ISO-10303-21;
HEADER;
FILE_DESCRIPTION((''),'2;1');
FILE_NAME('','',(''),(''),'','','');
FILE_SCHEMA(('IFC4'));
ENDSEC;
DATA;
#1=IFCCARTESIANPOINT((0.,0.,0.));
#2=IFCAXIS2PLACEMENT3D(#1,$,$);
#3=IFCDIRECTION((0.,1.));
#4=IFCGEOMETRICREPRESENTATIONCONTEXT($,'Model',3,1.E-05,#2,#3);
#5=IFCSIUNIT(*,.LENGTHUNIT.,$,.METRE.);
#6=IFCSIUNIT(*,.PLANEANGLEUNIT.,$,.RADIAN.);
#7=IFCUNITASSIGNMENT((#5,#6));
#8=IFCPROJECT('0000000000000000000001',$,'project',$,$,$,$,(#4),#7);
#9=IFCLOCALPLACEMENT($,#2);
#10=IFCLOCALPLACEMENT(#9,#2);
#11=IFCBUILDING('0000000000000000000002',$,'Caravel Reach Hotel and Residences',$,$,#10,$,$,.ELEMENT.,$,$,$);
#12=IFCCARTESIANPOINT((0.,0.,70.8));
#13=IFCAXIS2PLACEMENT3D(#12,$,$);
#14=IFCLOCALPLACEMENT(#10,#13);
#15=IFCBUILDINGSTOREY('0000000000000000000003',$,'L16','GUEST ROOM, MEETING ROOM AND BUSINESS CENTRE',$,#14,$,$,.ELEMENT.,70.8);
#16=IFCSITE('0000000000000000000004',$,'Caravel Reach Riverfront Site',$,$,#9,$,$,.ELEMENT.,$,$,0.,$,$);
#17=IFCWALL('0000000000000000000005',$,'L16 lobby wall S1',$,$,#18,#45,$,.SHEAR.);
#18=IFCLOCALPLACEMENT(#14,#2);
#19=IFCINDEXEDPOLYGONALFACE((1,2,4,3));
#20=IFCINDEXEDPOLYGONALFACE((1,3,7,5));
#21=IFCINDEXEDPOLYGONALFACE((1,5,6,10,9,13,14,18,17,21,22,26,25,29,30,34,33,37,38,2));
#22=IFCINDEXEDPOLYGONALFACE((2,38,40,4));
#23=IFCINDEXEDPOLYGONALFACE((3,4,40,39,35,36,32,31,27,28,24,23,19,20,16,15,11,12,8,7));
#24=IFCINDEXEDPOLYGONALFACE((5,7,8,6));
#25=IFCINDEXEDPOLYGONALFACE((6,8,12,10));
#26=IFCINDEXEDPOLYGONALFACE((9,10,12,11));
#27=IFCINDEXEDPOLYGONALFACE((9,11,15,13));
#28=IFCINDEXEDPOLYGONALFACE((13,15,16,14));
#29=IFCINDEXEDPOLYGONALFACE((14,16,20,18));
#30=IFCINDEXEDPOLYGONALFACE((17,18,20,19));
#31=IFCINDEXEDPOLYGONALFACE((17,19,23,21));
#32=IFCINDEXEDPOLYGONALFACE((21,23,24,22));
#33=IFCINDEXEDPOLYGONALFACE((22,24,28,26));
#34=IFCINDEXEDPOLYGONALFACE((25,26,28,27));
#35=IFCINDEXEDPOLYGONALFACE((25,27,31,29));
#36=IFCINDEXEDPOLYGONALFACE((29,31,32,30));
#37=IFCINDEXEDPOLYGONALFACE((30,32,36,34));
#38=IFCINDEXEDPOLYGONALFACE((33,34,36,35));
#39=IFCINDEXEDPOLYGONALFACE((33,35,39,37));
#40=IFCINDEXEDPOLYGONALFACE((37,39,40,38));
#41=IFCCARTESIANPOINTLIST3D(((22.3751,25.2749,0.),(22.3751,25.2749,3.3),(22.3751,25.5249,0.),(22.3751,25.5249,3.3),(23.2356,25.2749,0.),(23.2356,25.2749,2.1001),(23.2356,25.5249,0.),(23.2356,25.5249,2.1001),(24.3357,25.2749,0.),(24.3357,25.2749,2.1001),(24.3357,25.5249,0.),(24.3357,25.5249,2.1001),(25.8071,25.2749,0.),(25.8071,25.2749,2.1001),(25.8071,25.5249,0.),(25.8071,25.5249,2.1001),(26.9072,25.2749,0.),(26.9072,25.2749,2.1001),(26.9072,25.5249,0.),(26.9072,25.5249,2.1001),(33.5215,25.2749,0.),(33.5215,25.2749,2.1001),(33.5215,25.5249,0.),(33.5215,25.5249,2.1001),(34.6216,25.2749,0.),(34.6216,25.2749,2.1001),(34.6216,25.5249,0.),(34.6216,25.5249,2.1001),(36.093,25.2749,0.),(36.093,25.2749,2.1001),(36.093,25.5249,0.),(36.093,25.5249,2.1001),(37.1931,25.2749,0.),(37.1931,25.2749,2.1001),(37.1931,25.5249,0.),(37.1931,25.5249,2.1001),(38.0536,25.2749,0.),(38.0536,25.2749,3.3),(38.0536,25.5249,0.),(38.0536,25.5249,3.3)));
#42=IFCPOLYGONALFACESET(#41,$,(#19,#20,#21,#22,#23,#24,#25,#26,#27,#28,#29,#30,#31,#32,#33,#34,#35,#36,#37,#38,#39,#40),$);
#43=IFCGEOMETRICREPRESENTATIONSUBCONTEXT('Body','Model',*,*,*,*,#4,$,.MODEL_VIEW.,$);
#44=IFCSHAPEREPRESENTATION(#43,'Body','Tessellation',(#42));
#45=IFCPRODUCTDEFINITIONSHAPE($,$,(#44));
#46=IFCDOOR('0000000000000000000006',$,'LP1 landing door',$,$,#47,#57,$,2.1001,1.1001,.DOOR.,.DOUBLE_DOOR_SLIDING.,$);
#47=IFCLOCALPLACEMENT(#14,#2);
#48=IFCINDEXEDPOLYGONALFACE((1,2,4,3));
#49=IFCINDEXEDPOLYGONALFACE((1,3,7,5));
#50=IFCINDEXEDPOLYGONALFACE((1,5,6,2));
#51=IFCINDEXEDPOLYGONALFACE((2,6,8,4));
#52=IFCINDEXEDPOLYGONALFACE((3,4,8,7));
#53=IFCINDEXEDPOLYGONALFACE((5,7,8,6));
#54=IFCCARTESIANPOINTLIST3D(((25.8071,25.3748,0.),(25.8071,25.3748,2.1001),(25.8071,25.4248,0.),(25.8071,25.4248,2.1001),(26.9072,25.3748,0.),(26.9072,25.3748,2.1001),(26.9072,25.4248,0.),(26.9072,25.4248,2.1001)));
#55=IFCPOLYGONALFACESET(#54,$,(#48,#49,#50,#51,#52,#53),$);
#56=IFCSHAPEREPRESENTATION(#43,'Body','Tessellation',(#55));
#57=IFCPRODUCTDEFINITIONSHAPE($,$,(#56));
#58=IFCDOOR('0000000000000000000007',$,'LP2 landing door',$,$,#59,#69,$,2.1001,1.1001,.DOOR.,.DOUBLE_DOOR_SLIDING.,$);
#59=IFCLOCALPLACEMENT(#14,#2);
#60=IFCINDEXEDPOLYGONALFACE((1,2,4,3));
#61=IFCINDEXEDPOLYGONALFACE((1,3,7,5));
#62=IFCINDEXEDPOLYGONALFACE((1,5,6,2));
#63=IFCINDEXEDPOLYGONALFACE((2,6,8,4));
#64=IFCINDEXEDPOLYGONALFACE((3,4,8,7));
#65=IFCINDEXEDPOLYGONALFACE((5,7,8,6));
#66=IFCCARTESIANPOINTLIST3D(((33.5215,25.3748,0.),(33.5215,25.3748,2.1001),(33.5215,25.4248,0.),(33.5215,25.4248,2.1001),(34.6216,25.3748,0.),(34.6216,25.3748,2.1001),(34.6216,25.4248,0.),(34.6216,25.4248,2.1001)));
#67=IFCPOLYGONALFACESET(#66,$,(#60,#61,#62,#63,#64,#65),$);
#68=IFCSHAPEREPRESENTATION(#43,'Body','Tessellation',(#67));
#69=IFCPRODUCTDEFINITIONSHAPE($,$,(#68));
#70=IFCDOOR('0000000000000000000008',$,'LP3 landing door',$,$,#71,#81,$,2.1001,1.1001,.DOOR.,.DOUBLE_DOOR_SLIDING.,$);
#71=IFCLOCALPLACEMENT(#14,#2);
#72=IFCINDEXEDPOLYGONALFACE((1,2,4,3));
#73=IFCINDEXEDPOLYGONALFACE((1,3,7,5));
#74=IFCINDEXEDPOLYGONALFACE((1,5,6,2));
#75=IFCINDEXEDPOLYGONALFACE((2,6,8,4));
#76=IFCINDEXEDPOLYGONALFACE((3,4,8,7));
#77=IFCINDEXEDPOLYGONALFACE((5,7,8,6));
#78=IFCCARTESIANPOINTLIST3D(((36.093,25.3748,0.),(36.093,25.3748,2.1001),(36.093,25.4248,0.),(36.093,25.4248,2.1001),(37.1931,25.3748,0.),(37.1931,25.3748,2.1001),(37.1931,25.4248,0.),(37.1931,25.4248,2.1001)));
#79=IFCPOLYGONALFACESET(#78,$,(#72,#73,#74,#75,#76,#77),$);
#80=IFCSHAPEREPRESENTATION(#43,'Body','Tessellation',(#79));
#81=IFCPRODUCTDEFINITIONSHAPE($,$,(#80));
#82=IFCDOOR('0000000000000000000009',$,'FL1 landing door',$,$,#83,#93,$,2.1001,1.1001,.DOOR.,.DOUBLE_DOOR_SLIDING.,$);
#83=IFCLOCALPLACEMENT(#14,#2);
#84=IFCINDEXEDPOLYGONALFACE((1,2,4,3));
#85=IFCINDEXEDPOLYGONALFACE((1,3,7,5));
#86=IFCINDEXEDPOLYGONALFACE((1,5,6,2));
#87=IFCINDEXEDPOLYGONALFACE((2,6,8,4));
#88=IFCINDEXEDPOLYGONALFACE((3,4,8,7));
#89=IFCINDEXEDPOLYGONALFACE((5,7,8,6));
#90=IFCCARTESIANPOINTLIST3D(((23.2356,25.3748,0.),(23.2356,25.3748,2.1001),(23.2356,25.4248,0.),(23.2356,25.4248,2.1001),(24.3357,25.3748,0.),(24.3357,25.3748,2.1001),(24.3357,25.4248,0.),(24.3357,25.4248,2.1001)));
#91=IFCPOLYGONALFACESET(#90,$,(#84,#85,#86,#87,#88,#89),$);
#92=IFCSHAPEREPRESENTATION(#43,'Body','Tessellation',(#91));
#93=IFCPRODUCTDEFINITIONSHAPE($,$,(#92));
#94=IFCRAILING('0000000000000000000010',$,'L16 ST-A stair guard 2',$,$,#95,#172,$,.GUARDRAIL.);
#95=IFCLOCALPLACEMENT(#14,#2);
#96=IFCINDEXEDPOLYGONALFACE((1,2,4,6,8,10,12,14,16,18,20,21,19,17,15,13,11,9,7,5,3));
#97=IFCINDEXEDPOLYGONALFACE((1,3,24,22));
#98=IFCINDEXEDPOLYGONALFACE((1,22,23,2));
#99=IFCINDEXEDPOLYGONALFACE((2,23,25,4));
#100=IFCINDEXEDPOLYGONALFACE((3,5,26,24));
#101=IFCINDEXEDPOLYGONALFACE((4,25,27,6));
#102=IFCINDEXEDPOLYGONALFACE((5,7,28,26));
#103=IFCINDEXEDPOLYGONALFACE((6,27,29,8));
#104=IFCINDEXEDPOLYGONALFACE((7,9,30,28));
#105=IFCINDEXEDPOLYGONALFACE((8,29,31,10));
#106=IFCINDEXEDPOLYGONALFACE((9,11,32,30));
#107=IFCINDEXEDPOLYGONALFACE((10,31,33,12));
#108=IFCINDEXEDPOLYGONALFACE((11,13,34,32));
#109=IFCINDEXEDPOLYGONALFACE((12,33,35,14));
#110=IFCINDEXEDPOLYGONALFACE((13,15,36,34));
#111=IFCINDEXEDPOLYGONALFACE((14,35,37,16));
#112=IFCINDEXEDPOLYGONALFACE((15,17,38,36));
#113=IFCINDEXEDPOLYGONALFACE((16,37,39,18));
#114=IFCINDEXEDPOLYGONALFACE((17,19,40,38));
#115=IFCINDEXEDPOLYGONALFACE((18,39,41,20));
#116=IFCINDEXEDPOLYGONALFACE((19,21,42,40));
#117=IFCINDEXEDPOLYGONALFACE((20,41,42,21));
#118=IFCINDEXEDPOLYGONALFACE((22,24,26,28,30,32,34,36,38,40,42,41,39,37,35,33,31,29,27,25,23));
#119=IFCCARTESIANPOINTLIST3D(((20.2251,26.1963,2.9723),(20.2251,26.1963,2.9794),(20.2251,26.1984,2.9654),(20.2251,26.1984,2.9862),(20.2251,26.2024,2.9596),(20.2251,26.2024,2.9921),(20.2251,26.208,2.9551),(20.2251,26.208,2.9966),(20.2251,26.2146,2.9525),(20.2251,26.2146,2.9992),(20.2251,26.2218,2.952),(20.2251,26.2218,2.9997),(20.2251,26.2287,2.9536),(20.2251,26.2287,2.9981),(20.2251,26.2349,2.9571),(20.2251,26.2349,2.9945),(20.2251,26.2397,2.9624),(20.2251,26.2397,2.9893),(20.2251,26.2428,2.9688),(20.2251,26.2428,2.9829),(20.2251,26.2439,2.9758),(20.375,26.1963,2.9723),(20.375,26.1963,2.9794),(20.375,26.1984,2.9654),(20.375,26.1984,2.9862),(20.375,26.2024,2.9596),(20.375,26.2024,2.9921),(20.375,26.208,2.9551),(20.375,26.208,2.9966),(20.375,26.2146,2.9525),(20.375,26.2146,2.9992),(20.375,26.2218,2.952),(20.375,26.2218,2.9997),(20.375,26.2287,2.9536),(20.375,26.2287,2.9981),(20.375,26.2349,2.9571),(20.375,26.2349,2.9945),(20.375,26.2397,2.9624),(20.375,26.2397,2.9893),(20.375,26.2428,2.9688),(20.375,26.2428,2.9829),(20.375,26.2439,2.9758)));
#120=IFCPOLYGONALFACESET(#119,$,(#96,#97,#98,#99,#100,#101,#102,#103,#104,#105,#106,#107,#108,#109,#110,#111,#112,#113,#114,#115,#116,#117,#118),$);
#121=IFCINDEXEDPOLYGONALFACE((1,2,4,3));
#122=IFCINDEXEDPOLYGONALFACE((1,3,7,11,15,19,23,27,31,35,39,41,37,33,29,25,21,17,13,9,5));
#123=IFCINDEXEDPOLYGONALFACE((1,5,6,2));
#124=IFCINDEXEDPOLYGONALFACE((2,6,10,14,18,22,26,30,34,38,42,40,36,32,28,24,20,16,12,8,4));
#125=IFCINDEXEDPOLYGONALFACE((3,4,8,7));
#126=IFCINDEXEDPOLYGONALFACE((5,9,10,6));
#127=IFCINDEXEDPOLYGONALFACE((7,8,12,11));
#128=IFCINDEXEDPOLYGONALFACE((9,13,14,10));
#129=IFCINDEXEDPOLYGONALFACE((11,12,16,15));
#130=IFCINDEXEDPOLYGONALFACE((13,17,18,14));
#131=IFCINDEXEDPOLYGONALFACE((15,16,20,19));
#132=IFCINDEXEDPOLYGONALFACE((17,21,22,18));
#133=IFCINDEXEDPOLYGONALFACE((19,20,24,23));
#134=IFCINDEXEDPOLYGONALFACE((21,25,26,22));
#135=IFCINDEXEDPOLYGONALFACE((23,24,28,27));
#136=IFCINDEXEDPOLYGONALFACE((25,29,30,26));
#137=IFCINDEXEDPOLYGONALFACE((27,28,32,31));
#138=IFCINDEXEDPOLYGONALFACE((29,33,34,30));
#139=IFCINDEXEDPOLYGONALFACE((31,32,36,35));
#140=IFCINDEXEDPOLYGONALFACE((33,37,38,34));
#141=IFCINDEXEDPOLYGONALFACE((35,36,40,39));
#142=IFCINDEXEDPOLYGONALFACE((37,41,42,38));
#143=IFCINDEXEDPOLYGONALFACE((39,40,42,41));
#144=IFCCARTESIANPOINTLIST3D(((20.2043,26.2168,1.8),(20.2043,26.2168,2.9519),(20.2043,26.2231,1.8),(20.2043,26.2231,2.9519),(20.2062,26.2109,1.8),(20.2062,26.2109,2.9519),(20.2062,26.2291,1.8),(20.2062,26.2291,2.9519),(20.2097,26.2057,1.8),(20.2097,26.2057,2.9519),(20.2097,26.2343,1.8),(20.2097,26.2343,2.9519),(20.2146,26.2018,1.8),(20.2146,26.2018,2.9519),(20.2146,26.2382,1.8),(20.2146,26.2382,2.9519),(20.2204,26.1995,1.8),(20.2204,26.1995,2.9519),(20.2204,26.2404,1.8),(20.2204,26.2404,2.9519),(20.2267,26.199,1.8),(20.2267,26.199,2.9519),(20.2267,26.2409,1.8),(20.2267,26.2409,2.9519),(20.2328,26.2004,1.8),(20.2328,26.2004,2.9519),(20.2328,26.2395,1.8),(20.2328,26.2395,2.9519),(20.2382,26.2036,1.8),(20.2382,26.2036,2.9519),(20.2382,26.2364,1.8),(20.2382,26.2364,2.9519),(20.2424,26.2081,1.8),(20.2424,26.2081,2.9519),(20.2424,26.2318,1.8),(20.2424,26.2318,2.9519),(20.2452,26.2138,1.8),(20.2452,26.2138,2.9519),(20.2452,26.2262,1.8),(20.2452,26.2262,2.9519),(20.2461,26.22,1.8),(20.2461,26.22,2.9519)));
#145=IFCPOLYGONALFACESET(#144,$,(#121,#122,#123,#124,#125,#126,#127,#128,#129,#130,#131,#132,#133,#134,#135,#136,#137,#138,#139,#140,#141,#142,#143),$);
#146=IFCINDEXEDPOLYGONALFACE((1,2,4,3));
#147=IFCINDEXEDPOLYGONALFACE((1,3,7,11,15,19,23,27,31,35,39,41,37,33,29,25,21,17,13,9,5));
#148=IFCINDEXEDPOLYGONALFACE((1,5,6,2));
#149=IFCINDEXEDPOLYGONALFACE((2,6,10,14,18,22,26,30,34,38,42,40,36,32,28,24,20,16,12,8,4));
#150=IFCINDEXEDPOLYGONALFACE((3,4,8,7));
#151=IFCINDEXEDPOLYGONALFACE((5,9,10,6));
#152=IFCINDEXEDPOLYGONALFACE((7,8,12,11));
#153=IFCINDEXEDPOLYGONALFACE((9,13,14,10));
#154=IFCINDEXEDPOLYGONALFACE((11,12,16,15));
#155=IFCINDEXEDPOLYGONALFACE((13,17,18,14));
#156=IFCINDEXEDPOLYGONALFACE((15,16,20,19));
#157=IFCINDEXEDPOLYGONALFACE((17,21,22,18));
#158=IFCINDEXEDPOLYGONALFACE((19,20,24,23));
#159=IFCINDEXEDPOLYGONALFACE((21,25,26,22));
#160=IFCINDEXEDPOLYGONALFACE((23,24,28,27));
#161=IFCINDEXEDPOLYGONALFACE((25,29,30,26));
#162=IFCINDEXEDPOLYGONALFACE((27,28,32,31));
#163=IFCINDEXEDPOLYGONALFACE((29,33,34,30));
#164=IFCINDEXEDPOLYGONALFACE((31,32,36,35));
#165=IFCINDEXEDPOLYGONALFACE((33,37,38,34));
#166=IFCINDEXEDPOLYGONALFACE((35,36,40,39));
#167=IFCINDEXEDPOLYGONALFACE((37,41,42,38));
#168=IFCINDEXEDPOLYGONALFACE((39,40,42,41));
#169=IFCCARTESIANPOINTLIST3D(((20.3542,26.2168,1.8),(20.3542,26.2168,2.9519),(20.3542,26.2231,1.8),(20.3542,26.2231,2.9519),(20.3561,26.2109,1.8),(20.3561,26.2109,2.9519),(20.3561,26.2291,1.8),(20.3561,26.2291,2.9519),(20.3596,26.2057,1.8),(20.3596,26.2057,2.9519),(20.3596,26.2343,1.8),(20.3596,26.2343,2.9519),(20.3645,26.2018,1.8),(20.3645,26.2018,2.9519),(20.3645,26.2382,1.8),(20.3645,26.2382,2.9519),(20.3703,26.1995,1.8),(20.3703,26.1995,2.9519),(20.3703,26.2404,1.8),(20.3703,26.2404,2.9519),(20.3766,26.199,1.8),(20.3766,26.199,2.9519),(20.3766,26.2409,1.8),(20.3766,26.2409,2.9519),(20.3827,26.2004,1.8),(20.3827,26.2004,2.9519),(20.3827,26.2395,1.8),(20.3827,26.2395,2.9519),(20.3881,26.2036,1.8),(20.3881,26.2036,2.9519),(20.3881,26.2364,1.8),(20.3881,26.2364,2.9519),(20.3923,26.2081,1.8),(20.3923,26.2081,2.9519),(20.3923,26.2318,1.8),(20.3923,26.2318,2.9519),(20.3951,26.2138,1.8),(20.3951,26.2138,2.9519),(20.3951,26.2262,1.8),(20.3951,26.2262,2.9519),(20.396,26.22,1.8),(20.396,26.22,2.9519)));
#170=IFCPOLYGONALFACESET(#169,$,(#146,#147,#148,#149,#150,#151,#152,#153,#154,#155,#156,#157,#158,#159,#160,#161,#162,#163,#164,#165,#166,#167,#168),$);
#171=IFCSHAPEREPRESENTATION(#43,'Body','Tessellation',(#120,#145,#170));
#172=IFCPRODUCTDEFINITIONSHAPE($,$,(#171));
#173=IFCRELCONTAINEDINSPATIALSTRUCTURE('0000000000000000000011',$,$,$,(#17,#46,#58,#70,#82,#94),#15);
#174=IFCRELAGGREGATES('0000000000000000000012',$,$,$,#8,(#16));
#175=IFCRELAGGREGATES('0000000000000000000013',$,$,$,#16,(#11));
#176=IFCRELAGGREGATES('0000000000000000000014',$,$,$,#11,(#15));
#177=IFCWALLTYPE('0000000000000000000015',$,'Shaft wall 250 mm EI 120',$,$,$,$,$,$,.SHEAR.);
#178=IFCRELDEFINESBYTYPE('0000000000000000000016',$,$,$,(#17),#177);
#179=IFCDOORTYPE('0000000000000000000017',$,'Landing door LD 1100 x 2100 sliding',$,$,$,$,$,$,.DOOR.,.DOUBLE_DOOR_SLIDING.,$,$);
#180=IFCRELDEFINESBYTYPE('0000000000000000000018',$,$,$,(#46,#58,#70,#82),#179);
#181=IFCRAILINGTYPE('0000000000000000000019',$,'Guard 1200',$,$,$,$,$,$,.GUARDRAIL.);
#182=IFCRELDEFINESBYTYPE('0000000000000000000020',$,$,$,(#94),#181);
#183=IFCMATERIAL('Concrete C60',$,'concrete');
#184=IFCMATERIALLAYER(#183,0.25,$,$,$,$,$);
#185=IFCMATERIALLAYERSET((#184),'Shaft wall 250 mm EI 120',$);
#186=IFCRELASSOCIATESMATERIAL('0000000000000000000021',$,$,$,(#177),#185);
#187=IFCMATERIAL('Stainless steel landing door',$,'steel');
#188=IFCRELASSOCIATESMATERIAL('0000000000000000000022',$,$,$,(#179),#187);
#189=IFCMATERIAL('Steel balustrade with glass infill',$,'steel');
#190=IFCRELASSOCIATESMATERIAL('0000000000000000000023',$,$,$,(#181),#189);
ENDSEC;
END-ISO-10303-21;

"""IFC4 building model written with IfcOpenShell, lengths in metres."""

from ifc_helpers import new_model, si_unit, direction, frame, frame_2d, origin, origin_2d, place, context, subcontext, project, spatial, rectangle, circle, extrude, material, layer, layer_set, type_object, element, fill, save


model = new_model("IFC4")

# Units and contexts
model_context = context("Model", 3, precision=1e-05, world=origin(), true_north=direction((0.0, 1.0)))
body_context = subcontext(model_context, "Body", "Model", "MODEL_VIEW")
ifc_project = project(units=[si_unit("LENGTHUNIT", "METRE"), si_unit("PLANEANGLEUNIT", "RADIAN")], contexts=[model_context])

# Site, building, storey
site_placement = place(None, origin())
site = spatial("IfcSite", under=ifc_project, at=site_placement, Name="Caravel Reach Riverfront Site", CompositionType="ELEMENT", RefElevation=0.0)
building_placement = place(site_placement, origin())
building = spatial("IfcBuilding", under=site, at=building_placement, Name="Caravel Reach Hotel and Residences", CompositionType="ELEMENT")
storey_placement = place(building_placement, frame((0.0, 0.0, 70.8)))
storey = spatial("IfcBuildingStorey", under=building, at=storey_placement, Name="L16", Description="GUEST ROOM, MEETING ROOM AND BUSINESS CENTRE", CompositionType="ELEMENT", Elevation=70.8)

# Wall, openings, doors
ifc_material_1 = material(Name="Concrete C60", Category="concrete")
ifc_layer_1 = layer(ifc_material_1, 0.25)
ifc_layer_set_1 = layer_set([ifc_layer_1], Name="Shaft wall 250 mm EI 120")
wall_type_1 = type_object("IfcWallType", Name="Shaft wall 250 mm EI 120", PredefinedType="SHEAR", material=ifc_layer_set_1)
wall_1_placement = place(storey_placement, frame((22.375, 25.3999, 0.0), z_axis=(0.0, 0.0, 1.0), x_axis=(1.0, 0.0, 0.0)))
wall_1 = element("IfcWall", 1, at=wall_1_placement, inside=storey, type_object=wall_type_1, Name="L16 lobby wall S1", PredefinedType="SHEAR", context=body_context, shape_type="SweptSolid", body=[
    extrude(rectangle(XDim=15.6785, YDim=0.25, at=frame_2d((7.8394, 0.0))), origin(), (0.0, 0.0, 1.0), 3.3),
])
opening_1_placement = place(wall_1_placement, frame((3.4321, 0.0, 0.0)))
opening_1 = element("IfcOpeningElement", 2, at=opening_1_placement, cuts=wall_1, PredefinedType="OPENING", context=body_context, shape_type="SweptSolid", body=[
    extrude(rectangle(XDim=1.1001, YDim=2.1001, at=frame_2d((0.55, 1.05))), frame((0.0, 0.135, 0.0), z_axis=(0.0, -1.0, 0.0), x_axis=(1.0, 0.0, 0.0)), (0.0, 0.0, 1.0), 0.27),
])
opening_2_placement = place(wall_1_placement, frame((11.1465, 0.0, 0.0)))
opening_2 = element("IfcOpeningElement", 3, at=opening_2_placement, cuts=wall_1, PredefinedType="OPENING", context=body_context, shape_type="SweptSolid", body=[
    extrude(rectangle(XDim=1.1001, YDim=2.1001, at=frame_2d((0.55, 1.05))), frame((0.0, 0.135, 0.0), z_axis=(0.0, -1.0, 0.0), x_axis=(1.0, 0.0, 0.0)), (0.0, 0.0, 1.0), 0.27),
])
opening_3_placement = place(wall_1_placement, frame((13.718, 0.0, 0.0)))
opening_3 = element("IfcOpeningElement", 4, at=opening_3_placement, cuts=wall_1, PredefinedType="OPENING", context=body_context, shape_type="SweptSolid", body=[
    extrude(rectangle(XDim=1.1001, YDim=2.1001, at=frame_2d((0.55, 1.05))), frame((0.0, 0.135, 0.0), z_axis=(0.0, -1.0, 0.0), x_axis=(1.0, 0.0, 0.0)), (0.0, 0.0, 1.0), 0.27),
])
opening_4_placement = place(wall_1_placement, frame((0.8606, 0.0, 0.0)))
opening_4 = element("IfcOpeningElement", 5, at=opening_4_placement, cuts=wall_1, PredefinedType="OPENING", context=body_context, shape_type="SweptSolid", body=[
    extrude(rectangle(XDim=1.1001, YDim=2.1001, at=frame_2d((0.55, 1.05))), frame((0.0, 0.135, 0.0), z_axis=(0.0, -1.0, 0.0), x_axis=(1.0, 0.0, 0.0)), (0.0, 0.0, 1.0), 0.27),
])
ifc_material_2 = material(Name="Stainless steel landing door", Category="steel")
door_type_1 = type_object("IfcDoorType", Name="Landing door LD 1100 x 2100 sliding", OperationType="DOUBLE_DOOR_SLIDING", PredefinedType="DOOR", material=ifc_material_2)
door_1_placement = place(opening_1_placement, origin())
door_1 = element("IfcDoor", 6, at=door_1_placement, inside=storey, type_object=door_type_1, Name="LP1 landing door", OperationType="DOUBLE_DOOR_SLIDING", OverallHeight=2.1001, OverallWidth=1.1001, PredefinedType="DOOR", context=body_context, shape_type="SweptSolid", body=[
    extrude(rectangle(XDim=1.1001, YDim=2.1001, at=frame_2d((0.55, 1.05))), frame((0.0, 0.0249, 0.0), z_axis=(0.0, -1.0, 0.0), x_axis=(1.0, 0.0, 0.0)), (0.0, 0.0, 1.0), 0.05),
])
fill(opening_1, door_1)
door_2_placement = place(opening_2_placement, origin())
door_2 = element("IfcDoor", 7, at=door_2_placement, inside=storey, type_object=door_type_1, Name="LP2 landing door", OperationType="DOUBLE_DOOR_SLIDING", OverallHeight=2.1001, OverallWidth=1.1001, PredefinedType="DOOR", context=body_context, shape_type="SweptSolid", body=[
    extrude(rectangle(XDim=1.1001, YDim=2.1001, at=frame_2d((0.55, 1.05))), frame((0.0, 0.0249, 0.0), z_axis=(0.0, -1.0, 0.0), x_axis=(1.0, 0.0, 0.0)), (0.0, 0.0, 1.0), 0.05),
])
fill(opening_2, door_2)
door_3_placement = place(opening_3_placement, origin())
door_3 = element("IfcDoor", 8, at=door_3_placement, inside=storey, type_object=door_type_1, Name="LP3 landing door", OperationType="DOUBLE_DOOR_SLIDING", OverallHeight=2.1001, OverallWidth=1.1001, PredefinedType="DOOR", context=body_context, shape_type="SweptSolid", body=[
    extrude(rectangle(XDim=1.1001, YDim=2.1001, at=frame_2d((0.55, 1.05))), frame((0.0, 0.0249, 0.0), z_axis=(0.0, -1.0, 0.0), x_axis=(1.0, 0.0, 0.0)), (0.0, 0.0, 1.0), 0.05),
])
fill(opening_3, door_3)
door_4_placement = place(opening_4_placement, origin())
door_4 = element("IfcDoor", 9, at=door_4_placement, inside=storey, type_object=door_type_1, Name="FL1 landing door", OperationType="DOUBLE_DOOR_SLIDING", OverallHeight=2.1001, OverallWidth=1.1001, PredefinedType="DOOR", context=body_context, shape_type="SweptSolid", body=[
    extrude(rectangle(XDim=1.1001, YDim=2.1001, at=frame_2d((0.55, 1.05))), frame((0.0, 0.0249, 0.0), z_axis=(0.0, -1.0, 0.0), x_axis=(1.0, 0.0, 0.0)), (0.0, 0.0, 1.0), 0.05),
])
fill(opening_4, door_4)

# Railing
ifc_material_3 = material(Name="Steel balustrade with glass infill", Category="steel")
railing_type = type_object("IfcRailingType", Name="Guard 1200", PredefinedType="GUARDRAIL", material=ifc_material_3)
railing_placement = place(storey_placement, frame((20.2251, 26.22, 1.8)))
element("IfcRailing", 10, at=railing_placement, inside=storey, type_object=railing_type, Name="L16 ST-A stair guard 2", PredefinedType="GUARDRAIL", context=body_context, shape_type="SweptSolid", body=[
    extrude(circle(Radius=0.0239, at=origin_2d()), frame((0.0, 0.0, 1.1758), z_axis=(1.0, 0.0, 0.0), x_axis=(0.0, 1.0, 0.0)), (0.0, 0.0, 1.0), 0.1499),
    extrude(circle(Radius=0.021, at=origin_2d()), origin(), (0.0, 0.0, 1.0), 1.1519),
    extrude(circle(Radius=0.021, at=origin_2d()), frame((0.1499, 0.0, 0.0)), (0.0, 0.0, 1.0), 1.1519),
])

save(model, "model.ifc")
